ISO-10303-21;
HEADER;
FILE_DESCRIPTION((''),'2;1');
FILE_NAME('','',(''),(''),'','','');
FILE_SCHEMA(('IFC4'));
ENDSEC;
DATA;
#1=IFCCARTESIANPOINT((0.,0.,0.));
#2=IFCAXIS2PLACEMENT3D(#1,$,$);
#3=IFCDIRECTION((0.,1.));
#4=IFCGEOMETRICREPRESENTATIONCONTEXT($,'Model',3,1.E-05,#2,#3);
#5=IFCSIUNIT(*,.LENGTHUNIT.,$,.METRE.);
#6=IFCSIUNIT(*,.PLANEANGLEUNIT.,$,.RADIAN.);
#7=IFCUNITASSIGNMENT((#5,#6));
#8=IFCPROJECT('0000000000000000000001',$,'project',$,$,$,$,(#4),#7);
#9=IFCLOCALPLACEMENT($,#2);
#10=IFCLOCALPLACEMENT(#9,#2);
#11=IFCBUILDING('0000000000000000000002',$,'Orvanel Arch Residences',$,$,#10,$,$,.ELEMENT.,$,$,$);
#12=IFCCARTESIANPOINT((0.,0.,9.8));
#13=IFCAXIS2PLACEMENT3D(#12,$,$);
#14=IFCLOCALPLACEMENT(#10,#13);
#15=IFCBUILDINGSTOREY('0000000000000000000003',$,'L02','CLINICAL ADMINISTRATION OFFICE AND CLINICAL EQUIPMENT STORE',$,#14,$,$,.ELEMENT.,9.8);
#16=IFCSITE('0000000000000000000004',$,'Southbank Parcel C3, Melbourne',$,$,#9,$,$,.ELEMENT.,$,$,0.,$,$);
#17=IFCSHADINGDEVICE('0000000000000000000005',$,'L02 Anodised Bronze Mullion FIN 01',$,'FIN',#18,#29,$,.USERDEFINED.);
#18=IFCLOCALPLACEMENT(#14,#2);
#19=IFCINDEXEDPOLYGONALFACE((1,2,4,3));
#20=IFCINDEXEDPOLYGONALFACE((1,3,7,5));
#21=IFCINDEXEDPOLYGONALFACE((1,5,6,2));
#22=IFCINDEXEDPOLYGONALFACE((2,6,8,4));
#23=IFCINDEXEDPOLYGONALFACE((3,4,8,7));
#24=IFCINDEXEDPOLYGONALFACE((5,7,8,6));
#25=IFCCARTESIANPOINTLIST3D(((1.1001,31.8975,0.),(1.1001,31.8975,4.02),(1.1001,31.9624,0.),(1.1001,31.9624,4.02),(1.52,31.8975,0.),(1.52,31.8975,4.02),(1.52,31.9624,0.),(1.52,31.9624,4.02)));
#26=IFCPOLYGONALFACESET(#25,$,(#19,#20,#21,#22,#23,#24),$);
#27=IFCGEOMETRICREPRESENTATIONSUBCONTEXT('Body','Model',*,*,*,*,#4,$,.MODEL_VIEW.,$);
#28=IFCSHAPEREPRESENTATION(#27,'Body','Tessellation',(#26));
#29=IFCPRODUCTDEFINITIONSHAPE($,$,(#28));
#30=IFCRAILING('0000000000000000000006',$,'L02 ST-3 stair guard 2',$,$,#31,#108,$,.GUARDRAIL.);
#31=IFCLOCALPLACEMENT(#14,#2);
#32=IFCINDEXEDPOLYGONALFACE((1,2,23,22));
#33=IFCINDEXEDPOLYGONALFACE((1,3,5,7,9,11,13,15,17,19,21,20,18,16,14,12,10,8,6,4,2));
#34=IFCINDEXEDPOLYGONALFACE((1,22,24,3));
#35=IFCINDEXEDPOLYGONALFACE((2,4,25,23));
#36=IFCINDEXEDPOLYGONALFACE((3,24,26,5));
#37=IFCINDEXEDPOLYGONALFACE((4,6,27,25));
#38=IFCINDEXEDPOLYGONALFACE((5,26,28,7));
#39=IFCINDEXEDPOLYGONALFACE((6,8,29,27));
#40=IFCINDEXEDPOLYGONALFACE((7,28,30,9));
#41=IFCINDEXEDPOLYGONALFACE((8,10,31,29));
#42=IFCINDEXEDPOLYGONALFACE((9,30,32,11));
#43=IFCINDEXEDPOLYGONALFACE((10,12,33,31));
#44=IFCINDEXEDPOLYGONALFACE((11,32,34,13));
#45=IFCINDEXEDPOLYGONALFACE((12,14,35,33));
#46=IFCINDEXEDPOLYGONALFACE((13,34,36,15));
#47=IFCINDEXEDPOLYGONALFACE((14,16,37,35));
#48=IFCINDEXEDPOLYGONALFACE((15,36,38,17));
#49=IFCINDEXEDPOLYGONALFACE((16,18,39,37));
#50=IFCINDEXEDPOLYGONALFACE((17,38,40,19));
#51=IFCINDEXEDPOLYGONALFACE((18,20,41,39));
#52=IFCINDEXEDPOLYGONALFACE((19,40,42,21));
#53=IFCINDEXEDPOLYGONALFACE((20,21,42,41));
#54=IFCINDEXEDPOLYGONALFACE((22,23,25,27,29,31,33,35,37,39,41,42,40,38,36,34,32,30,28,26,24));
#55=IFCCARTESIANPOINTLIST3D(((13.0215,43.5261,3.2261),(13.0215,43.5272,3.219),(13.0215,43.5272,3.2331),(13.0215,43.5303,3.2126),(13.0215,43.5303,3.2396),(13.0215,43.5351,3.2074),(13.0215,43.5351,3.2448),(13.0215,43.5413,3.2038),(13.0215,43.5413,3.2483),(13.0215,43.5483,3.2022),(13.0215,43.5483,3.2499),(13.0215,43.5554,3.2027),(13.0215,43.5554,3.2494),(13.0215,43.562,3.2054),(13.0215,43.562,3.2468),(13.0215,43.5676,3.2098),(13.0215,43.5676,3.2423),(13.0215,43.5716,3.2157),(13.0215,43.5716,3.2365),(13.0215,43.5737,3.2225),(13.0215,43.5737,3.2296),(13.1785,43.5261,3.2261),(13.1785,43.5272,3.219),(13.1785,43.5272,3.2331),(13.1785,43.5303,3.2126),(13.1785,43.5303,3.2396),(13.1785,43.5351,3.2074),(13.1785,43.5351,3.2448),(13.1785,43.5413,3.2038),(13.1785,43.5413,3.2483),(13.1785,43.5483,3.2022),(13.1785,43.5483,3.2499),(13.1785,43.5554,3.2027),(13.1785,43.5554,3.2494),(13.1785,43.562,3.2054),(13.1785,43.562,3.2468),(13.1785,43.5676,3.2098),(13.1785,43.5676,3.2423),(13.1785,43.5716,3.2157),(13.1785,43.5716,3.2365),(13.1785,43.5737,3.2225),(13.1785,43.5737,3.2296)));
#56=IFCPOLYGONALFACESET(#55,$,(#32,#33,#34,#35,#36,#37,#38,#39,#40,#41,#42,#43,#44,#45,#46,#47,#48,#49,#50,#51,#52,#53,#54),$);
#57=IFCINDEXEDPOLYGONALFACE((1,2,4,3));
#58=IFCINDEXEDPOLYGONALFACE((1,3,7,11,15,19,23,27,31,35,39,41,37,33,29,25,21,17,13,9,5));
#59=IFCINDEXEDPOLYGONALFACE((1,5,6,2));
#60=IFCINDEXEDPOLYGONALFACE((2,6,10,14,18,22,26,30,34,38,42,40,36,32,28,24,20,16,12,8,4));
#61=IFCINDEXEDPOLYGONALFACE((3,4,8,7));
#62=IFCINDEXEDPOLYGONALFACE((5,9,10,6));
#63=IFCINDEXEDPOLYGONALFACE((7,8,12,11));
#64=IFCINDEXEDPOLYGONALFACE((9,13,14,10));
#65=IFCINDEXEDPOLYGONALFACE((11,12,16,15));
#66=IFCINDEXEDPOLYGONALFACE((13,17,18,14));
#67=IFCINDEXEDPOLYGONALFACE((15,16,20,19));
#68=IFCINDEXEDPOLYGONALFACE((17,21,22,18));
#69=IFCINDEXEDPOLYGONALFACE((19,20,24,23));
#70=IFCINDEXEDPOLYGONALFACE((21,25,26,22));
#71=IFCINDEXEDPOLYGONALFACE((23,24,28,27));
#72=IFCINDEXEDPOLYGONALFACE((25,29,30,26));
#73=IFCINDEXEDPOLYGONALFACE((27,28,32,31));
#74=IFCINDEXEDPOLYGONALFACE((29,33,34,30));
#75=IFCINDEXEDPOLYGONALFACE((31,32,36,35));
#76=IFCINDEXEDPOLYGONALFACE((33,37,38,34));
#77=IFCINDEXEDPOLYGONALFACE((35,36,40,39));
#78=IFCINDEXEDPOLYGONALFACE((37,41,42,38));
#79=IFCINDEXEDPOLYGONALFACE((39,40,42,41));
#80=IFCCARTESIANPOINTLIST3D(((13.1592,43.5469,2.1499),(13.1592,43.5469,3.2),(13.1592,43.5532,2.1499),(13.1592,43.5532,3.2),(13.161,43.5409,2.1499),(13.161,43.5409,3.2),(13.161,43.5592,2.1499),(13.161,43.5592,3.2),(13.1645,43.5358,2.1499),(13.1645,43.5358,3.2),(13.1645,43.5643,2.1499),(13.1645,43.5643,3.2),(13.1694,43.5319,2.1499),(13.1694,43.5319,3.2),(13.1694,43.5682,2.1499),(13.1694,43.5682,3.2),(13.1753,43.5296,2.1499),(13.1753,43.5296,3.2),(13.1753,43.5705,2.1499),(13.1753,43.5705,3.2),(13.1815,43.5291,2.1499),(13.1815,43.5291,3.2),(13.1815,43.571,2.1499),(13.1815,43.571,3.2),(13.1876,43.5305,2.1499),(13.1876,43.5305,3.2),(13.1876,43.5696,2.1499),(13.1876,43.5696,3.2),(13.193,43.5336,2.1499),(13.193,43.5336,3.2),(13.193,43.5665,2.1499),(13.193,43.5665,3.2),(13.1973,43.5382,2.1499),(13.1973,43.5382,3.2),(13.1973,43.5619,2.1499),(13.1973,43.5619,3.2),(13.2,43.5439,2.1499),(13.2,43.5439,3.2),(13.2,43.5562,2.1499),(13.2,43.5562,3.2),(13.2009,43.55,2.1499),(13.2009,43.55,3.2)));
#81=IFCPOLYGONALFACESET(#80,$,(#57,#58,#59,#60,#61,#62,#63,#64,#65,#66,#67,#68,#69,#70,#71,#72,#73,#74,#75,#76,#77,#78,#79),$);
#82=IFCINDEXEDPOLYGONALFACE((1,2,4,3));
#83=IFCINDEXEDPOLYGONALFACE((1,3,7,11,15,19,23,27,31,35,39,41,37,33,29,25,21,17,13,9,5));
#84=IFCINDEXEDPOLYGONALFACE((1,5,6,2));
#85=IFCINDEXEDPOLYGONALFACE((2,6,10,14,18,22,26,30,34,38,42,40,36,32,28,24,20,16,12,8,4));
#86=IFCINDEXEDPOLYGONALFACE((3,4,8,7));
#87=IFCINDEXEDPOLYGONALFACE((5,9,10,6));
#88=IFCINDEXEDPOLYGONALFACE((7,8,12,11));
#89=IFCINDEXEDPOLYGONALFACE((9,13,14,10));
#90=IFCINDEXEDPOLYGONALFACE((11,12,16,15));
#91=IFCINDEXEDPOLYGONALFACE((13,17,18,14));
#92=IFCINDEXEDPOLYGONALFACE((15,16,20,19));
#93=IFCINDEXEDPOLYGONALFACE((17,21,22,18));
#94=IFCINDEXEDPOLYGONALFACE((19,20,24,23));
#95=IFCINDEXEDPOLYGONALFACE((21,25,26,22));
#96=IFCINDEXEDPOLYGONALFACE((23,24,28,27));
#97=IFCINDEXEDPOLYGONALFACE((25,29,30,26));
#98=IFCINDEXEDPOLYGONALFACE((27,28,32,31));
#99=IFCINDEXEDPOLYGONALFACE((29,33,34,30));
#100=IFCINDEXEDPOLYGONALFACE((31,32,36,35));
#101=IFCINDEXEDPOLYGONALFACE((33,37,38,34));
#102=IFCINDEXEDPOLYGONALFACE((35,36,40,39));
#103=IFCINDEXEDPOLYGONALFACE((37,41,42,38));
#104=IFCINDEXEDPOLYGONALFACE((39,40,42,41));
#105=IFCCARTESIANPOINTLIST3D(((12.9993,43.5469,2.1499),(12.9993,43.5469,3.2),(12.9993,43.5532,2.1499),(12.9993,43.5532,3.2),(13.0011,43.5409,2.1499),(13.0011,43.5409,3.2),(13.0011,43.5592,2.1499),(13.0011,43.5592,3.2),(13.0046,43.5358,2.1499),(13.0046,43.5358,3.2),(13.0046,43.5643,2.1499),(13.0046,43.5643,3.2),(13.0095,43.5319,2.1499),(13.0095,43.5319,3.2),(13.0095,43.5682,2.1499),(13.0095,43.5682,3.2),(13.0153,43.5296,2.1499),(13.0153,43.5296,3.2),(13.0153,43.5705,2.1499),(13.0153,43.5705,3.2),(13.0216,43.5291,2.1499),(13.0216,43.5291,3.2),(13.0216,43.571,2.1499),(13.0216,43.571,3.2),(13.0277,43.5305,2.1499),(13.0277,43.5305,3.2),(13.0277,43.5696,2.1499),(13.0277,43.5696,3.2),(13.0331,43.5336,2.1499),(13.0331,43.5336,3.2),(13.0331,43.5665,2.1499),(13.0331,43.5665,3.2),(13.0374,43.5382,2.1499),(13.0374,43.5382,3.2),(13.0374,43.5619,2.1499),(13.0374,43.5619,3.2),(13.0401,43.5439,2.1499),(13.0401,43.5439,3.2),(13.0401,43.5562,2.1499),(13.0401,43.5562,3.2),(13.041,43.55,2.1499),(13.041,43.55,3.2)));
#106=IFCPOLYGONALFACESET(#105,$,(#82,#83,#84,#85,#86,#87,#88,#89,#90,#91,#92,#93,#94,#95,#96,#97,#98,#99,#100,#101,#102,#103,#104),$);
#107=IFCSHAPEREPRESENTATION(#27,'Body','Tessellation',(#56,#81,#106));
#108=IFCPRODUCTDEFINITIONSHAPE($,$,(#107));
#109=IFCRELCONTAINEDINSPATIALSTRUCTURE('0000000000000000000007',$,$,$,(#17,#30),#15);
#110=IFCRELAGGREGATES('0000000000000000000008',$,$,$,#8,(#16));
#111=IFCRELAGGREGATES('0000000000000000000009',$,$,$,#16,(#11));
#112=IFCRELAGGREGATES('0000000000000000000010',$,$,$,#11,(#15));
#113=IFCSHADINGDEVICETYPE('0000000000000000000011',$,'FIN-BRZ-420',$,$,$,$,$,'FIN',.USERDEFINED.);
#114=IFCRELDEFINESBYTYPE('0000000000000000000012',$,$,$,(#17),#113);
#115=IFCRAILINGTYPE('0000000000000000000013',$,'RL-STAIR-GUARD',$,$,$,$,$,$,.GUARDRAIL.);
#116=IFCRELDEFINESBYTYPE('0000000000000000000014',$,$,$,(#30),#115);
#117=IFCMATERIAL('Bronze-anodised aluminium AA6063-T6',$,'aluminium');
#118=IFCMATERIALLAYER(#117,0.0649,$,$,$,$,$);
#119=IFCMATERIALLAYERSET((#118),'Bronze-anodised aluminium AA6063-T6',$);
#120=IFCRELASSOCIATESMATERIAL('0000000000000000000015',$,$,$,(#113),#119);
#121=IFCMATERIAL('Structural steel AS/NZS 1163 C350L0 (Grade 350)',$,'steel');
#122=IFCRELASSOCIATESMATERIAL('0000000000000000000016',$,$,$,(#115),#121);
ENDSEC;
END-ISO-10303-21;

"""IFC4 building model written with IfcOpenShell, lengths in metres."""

from ifc_helpers import new_model, si_unit, direction, frame, origin, origin_2d, place, context, subcontext, project, spatial, rectangle, circle, extrude, material, layer, layer_set, type_object, element, save


model = new_model("IFC4")

# Units and contexts
model_context = context("Model", 3, precision=1e-05, world=origin(), true_north=direction((0.0, 1.0)))
body_context = subcontext(model_context, "Body", "Model", "MODEL_VIEW")
ifc_project = project(units=[si_unit("LENGTHUNIT", "METRE"), si_unit("PLANEANGLEUNIT", "RADIAN")], contexts=[model_context])

# Site, building, storey
site_placement = place(None, origin())
site = spatial("IfcSite", under=ifc_project, at=site_placement, Name="Southbank Parcel C3, Melbourne", CompositionType="ELEMENT", RefElevation=0.0)
building_placement = place(site_placement, origin())
building = spatial("IfcBuilding", under=site, at=building_placement, Name="Orvanel Arch Residences", CompositionType="ELEMENT")
storey_placement = place(building_placement, frame((0.0, 0.0, 9.8)))
storey = spatial("IfcBuildingStorey", under=building, at=storey_placement, Name="L02", Description="CLINICAL ADMINISTRATION OFFICE AND CLINICAL EQUIPMENT STORE", CompositionType="ELEMENT", Elevation=9.8)

# Shared definitions
ifc_material_1 = material(Name="Bronze-anodised aluminium AA6063-T6", Category="aluminium")

# Shading device
ifc_layer_1 = layer(ifc_material_1, 0.0649)
ifc_layer_set_1 = layer_set([ifc_layer_1], Name="Bronze-anodised aluminium AA6063-T6")
shading_device_type = type_object("IfcShadingDeviceType", Name="FIN-BRZ-420", ElementType="FIN", PredefinedType="USERDEFINED", material=ifc_layer_set_1)
shading_device_placement = place(storey_placement, frame((1.3101, 31.9299, 0.0), z_axis=(0.0, 0.0, 1.0), x_axis=(-1.0, 0.0, 0.0)))
element("IfcShadingDevice", 1, at=shading_device_placement, inside=storey, type_object=shading_device_type, Name="L02 Anodised Bronze Mullion FIN 01", ObjectType="FIN", PredefinedType="USERDEFINED", context=body_context, shape_type="SweptSolid", body=[
    extrude(rectangle(XDim=0.4199, YDim=0.0649, at=origin_2d()), origin(), (0.0, 0.0, 1.0), 4.02),
])

# Railing
ifc_material_2 = material(Name="Structural steel AS/NZS 1163 C350L0 (Grade 350)", Category="steel")
railing_type_1 = type_object("IfcRailingType", Name="RL-STAIR-GUARD", PredefinedType="GUARDRAIL", material=ifc_material_2)
railing_1_placement = place(storey_placement, frame((13.1799, 43.55, 2.1499)))
element("IfcRailing", 2, at=railing_1_placement, inside=storey, type_object=railing_type_1, Name="L02 ST-3 stair guard 2", PredefinedType="GUARDRAIL", context=body_context, shape_type="SweptSolid", body=[
    extrude(circle(Radius=0.0239, at=origin_2d()), frame((-0.0015, 0.0, 1.0762), z_axis=(-1.0, 0.0, 0.0), x_axis=(0.0, -1.0, 0.0)), (0.0, 0.0, 1.0), 0.157),
    extrude(circle(Radius=0.021, at=origin_2d()), origin(), (0.0, 0.0, 1.0), 1.05),
    extrude(circle(Radius=0.021, at=origin_2d()), frame((-0.1599, 0.0, 0.0)), (0.0, 0.0, 1.0), 1.05),
])

save(model, "model.ifc")
